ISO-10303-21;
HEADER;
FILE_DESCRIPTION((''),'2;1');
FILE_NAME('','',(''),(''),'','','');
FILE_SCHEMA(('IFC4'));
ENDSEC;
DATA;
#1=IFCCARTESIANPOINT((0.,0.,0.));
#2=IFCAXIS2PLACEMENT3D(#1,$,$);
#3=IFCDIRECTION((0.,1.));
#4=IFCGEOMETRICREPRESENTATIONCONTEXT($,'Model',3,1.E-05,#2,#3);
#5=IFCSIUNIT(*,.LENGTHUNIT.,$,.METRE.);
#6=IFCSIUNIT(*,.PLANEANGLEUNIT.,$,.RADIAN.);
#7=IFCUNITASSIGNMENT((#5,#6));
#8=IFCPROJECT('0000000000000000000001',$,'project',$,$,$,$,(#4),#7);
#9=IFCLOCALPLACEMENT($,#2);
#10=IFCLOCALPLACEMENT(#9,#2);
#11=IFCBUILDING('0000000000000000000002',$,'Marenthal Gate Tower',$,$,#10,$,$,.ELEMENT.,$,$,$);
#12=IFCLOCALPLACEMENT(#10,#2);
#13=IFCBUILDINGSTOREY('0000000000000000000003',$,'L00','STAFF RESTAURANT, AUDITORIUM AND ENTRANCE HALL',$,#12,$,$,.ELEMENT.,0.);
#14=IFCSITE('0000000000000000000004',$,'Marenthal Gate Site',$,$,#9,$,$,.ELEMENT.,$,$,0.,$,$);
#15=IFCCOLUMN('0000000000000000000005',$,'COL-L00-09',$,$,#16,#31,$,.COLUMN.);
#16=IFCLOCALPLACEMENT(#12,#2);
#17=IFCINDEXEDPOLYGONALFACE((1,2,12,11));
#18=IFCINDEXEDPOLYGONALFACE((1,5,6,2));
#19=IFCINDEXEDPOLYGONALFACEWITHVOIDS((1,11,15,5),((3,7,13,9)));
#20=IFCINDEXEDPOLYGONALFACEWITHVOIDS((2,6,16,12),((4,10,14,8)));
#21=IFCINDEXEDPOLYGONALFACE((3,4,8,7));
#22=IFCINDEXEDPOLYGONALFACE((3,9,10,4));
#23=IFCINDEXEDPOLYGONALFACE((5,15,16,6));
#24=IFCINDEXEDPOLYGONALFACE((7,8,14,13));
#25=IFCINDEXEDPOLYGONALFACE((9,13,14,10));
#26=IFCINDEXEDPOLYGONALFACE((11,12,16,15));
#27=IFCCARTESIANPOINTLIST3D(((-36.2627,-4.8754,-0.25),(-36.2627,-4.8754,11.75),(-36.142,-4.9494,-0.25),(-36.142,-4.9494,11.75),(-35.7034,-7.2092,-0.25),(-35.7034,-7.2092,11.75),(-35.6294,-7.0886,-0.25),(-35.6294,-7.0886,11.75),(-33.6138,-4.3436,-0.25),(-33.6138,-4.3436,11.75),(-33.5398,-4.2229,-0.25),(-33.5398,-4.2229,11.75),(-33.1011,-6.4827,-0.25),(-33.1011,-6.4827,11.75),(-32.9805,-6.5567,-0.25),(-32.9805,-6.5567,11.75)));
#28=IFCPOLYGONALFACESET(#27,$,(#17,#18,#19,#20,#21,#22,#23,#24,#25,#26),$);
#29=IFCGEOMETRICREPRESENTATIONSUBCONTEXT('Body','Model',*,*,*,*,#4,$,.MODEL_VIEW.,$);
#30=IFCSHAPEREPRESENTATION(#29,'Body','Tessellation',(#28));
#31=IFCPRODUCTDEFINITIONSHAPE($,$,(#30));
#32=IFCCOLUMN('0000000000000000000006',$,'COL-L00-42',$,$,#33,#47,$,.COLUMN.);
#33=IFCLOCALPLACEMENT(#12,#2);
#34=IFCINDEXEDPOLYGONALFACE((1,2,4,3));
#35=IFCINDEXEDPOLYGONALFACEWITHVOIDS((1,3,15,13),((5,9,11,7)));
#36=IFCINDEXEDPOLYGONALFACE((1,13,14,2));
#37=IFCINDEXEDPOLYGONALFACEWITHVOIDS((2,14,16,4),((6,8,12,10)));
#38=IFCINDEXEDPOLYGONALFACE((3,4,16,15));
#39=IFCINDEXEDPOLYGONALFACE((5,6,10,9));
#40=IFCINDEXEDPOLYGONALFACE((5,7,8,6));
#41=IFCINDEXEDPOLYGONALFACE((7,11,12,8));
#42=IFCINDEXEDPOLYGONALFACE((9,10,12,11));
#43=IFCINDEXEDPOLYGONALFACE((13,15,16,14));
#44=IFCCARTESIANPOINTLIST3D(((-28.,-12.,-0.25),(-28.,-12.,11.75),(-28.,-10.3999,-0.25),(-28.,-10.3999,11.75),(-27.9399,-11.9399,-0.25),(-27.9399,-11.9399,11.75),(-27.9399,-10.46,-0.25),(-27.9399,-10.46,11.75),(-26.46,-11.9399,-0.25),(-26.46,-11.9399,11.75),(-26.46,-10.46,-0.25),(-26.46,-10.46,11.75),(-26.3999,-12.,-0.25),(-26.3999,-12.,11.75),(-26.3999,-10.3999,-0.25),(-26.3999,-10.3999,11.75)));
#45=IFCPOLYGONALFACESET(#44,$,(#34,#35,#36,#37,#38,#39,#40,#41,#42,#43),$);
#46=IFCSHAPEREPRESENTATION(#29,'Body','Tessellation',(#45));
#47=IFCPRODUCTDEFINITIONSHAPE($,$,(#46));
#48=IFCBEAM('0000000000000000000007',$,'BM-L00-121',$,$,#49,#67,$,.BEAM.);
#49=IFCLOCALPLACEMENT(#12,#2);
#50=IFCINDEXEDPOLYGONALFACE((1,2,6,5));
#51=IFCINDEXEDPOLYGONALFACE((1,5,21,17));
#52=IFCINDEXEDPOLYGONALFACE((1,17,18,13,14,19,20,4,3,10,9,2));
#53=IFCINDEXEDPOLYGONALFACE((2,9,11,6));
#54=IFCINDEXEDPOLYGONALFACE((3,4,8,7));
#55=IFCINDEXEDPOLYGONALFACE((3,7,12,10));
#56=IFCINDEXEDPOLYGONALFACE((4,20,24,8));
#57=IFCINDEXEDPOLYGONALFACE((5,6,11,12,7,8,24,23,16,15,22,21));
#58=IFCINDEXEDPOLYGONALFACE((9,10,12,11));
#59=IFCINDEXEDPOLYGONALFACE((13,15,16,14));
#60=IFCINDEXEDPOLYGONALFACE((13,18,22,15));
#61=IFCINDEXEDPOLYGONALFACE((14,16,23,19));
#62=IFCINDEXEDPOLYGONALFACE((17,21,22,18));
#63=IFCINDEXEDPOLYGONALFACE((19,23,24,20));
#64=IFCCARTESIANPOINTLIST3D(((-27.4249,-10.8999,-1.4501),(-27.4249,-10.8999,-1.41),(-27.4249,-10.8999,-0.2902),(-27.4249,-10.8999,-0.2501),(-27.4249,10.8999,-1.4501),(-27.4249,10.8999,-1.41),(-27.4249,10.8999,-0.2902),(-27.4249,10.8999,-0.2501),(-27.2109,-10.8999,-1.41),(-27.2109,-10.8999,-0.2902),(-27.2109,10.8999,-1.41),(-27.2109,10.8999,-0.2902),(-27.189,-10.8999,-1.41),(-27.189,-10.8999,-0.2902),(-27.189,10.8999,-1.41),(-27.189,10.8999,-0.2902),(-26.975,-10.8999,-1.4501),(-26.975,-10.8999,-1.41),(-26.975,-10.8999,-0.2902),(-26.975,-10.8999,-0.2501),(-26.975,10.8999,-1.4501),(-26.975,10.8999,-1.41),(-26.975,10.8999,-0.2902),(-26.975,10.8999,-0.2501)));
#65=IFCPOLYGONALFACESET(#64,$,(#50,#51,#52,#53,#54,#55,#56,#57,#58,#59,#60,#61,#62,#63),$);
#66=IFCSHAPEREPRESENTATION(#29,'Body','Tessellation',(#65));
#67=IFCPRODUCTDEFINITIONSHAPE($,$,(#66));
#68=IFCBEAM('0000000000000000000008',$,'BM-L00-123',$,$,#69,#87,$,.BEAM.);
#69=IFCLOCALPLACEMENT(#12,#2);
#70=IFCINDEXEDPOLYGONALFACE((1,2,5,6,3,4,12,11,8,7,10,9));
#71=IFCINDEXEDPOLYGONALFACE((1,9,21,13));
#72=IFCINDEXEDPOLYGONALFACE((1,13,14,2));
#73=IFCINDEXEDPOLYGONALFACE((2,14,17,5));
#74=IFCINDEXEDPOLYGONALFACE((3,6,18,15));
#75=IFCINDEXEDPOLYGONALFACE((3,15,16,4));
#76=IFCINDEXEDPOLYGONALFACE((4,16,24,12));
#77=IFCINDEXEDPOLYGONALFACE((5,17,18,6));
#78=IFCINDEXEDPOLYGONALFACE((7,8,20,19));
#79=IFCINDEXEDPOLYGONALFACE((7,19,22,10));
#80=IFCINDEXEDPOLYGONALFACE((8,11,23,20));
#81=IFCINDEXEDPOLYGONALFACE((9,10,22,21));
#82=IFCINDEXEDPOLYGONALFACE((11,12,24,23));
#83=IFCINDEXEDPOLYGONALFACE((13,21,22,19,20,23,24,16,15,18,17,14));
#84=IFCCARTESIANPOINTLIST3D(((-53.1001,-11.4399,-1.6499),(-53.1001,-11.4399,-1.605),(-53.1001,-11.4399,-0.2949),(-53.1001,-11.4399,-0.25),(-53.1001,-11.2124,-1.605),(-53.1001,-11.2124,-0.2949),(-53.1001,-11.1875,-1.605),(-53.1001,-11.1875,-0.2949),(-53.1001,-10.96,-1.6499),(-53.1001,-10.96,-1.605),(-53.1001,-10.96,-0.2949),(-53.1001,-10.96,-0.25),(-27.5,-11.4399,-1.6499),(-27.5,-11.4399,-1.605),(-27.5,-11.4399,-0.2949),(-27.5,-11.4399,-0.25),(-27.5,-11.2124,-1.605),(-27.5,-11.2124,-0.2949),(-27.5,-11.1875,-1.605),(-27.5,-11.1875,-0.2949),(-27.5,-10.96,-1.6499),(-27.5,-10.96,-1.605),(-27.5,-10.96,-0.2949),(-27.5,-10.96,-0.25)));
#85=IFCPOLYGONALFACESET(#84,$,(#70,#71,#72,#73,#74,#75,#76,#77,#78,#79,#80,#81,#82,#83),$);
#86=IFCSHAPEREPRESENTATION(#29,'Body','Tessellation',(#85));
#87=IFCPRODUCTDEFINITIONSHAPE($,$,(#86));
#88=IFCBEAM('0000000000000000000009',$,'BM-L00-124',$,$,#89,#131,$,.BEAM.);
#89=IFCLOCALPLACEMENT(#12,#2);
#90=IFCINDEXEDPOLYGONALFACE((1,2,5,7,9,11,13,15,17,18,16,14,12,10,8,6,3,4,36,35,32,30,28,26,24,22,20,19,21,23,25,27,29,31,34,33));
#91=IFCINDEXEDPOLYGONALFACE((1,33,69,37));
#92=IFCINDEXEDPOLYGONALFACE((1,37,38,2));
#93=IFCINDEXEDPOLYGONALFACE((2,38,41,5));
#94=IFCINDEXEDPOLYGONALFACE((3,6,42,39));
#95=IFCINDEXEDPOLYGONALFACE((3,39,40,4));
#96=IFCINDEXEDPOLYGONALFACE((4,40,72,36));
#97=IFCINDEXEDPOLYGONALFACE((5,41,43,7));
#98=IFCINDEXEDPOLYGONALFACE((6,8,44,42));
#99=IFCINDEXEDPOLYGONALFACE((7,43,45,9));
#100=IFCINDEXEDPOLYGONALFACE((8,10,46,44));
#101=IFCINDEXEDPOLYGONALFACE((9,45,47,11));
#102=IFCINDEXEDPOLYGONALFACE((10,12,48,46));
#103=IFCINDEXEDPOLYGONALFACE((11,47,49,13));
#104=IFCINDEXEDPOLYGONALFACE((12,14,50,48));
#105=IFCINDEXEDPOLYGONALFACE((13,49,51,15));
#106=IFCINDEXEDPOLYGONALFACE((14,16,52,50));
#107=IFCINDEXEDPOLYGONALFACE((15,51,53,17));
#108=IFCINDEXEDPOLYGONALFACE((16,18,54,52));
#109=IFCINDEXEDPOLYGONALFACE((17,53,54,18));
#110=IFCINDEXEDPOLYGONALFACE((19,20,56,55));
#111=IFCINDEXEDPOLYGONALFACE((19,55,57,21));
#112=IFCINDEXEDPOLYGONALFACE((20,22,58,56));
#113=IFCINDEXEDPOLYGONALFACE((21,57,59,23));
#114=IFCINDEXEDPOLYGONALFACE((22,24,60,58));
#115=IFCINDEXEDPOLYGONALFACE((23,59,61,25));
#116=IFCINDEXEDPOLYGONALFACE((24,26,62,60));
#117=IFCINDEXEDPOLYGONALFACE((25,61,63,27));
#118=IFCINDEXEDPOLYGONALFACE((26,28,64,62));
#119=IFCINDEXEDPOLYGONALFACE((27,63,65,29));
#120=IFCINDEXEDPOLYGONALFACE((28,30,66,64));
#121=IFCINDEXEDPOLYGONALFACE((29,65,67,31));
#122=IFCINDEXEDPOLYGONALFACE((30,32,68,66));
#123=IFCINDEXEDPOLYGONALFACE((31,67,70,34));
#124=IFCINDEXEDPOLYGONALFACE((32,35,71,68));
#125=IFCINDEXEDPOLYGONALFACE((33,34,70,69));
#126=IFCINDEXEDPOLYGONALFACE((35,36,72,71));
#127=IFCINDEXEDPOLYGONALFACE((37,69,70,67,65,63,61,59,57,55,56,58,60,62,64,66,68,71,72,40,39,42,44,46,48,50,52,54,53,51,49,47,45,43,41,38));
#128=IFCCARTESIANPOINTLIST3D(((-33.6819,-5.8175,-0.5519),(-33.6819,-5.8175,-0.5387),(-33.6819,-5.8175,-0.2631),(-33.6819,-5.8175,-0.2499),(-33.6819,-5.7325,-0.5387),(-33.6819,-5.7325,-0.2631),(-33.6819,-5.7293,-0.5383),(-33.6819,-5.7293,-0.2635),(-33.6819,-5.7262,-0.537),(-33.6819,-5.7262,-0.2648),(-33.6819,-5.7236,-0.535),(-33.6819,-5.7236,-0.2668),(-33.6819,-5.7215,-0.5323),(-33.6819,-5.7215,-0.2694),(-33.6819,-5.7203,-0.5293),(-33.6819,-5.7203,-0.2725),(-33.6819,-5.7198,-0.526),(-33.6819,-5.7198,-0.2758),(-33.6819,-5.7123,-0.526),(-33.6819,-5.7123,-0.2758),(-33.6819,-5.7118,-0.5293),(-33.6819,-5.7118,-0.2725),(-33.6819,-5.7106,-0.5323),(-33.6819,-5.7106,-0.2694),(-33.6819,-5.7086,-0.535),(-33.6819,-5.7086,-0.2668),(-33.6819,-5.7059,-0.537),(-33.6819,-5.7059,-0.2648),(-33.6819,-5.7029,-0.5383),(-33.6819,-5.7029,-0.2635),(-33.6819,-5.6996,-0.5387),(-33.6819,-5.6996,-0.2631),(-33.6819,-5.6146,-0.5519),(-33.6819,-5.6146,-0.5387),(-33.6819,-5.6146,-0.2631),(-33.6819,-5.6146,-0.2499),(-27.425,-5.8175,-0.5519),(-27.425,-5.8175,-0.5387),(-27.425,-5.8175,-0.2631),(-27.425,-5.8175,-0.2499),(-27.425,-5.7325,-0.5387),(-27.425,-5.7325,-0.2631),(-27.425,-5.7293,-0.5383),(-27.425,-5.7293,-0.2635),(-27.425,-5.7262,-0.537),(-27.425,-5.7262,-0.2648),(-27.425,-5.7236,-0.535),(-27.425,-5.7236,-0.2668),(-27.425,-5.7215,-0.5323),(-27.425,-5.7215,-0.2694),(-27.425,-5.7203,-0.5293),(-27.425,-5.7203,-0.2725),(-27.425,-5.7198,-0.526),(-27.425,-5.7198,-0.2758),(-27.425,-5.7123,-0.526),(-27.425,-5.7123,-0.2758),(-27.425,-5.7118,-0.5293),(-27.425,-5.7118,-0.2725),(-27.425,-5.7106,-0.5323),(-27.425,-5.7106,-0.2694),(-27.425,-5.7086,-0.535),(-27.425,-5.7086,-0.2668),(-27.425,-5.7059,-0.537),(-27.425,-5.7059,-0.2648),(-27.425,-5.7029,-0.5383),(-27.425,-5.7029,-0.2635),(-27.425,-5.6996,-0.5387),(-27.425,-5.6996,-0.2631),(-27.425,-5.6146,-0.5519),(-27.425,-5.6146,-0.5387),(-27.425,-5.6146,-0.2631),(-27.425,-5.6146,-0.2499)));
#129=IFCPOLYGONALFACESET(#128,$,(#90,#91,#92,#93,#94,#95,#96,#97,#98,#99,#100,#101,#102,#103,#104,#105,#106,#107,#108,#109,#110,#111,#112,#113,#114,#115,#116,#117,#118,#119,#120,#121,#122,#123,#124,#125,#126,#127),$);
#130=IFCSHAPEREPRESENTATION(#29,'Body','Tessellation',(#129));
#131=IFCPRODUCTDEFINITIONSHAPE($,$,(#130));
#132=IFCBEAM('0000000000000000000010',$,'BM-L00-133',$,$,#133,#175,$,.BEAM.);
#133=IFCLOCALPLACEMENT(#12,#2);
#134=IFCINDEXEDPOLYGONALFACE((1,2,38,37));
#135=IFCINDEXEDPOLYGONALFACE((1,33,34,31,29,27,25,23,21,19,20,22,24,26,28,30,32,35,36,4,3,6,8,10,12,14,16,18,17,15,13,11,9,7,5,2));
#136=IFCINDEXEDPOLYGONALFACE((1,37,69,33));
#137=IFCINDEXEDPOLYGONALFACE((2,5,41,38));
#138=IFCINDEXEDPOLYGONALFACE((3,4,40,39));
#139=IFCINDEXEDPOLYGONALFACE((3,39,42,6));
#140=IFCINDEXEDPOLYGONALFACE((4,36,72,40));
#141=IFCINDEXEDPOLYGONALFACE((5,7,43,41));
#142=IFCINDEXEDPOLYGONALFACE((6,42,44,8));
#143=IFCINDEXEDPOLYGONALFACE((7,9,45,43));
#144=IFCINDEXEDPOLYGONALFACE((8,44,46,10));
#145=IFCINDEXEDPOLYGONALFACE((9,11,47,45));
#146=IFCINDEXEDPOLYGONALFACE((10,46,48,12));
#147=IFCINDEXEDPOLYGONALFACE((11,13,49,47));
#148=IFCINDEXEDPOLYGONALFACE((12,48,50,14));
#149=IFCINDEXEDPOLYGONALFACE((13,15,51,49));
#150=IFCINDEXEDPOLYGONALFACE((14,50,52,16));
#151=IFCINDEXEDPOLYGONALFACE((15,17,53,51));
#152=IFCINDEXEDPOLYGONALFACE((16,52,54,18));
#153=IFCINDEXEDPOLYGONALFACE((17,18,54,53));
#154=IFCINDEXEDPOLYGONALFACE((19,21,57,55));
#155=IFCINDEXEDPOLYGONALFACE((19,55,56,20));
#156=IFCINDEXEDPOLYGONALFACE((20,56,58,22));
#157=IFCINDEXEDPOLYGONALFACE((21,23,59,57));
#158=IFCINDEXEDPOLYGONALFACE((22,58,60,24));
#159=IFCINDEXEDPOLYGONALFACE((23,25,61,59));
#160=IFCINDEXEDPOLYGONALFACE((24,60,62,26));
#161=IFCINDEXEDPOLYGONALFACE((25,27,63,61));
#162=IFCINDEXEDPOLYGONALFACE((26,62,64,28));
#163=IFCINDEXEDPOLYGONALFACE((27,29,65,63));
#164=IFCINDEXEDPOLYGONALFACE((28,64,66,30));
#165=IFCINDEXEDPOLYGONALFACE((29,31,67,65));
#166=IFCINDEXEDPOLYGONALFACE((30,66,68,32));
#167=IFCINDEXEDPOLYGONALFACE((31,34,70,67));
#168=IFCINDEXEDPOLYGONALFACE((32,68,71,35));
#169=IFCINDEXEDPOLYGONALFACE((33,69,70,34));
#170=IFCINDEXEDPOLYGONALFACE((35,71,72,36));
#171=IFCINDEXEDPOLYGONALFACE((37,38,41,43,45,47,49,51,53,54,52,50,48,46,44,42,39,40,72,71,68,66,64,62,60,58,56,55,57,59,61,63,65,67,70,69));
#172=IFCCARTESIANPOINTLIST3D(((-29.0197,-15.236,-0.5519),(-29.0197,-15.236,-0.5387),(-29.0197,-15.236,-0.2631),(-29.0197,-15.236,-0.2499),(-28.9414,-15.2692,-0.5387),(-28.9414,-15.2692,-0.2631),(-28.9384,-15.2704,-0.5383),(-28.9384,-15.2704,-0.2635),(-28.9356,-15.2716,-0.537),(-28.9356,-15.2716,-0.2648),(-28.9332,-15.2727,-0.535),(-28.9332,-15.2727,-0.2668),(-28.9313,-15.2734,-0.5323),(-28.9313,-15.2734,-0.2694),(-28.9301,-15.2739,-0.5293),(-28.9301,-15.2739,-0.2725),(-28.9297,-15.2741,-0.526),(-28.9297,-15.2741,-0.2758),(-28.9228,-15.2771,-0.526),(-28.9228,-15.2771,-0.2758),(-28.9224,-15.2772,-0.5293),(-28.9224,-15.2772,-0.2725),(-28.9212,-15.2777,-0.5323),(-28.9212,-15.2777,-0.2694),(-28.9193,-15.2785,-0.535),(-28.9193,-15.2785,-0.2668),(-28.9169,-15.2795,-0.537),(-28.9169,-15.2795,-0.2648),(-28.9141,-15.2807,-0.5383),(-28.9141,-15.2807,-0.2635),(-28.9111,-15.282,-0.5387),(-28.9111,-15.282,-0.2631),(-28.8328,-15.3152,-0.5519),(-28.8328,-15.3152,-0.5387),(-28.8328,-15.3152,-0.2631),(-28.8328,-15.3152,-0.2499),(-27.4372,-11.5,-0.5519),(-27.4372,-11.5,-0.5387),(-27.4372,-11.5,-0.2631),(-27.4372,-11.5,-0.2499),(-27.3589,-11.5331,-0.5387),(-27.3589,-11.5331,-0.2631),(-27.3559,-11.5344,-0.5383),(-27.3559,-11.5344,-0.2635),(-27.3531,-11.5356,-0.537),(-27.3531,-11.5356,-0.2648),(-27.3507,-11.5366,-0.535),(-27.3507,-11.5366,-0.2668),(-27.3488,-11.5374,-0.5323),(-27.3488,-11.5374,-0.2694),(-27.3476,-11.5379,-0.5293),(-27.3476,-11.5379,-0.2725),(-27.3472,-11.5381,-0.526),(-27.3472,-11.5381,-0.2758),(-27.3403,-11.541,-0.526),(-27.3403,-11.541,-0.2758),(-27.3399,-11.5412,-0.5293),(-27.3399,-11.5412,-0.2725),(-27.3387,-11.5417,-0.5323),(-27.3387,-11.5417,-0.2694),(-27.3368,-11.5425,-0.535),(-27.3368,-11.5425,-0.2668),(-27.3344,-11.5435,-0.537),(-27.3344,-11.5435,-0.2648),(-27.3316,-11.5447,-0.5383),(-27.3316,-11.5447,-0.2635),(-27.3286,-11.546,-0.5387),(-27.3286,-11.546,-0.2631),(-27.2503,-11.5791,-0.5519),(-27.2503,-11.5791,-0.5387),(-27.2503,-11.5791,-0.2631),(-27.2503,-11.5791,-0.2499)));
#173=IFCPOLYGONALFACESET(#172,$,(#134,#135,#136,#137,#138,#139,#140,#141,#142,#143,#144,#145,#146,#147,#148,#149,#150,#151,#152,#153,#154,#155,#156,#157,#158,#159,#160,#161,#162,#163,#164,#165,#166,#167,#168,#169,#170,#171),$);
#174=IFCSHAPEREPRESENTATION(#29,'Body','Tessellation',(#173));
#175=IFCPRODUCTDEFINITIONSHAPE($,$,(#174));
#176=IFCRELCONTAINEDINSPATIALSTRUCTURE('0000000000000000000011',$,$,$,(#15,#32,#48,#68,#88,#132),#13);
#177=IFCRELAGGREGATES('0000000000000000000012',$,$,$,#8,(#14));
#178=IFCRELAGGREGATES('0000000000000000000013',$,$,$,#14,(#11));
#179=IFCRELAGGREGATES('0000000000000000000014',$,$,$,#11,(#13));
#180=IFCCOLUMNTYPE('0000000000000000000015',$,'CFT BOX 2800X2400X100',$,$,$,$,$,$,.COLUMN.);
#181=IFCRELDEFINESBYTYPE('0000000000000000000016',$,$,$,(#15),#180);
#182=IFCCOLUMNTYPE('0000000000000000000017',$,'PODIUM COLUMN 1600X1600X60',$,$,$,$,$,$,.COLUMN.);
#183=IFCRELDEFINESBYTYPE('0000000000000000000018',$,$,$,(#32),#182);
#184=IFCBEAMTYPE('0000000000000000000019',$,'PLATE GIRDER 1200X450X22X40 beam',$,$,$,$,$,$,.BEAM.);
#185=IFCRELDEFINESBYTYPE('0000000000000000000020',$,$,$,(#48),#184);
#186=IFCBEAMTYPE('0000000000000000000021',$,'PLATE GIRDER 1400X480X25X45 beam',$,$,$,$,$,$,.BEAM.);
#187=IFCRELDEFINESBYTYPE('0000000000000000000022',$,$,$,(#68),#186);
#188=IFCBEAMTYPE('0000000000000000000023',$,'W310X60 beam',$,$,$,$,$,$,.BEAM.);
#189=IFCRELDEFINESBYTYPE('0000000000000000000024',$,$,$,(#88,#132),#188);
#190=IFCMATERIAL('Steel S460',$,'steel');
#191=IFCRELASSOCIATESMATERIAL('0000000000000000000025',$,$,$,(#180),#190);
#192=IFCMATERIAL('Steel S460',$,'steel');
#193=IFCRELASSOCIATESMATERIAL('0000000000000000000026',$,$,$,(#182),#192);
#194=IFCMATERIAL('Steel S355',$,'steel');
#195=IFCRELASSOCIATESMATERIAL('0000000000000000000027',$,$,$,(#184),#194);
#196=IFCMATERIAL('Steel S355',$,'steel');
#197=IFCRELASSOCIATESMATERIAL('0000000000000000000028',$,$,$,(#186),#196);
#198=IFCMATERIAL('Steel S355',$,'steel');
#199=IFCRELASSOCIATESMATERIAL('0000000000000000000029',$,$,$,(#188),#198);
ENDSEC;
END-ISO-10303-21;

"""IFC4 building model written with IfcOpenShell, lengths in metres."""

from ifc_helpers import new_model, si_unit, direction, frame, origin, origin_2d, place, context, subcontext, project, spatial, rectangle, hollow_rectangle, i_section, extrude, material, material_profile, profile_set, type_object, element, save


model = new_model("IFC4")

# Units and contexts
model_context = context("Model", 3, precision=1e-05, world=origin(), true_north=direction((0.0, 1.0)))
body_context = subcontext(model_context, "Body", "Model", "MODEL_VIEW")
ifc_project = project(units=[si_unit("LENGTHUNIT", "METRE"), si_unit("PLANEANGLEUNIT", "RADIAN")], contexts=[model_context])

# Site, building, storey
site_placement = place(None, origin())
site = spatial("IfcSite", under=ifc_project, at=site_placement, Name="Marenthal Gate Site", CompositionType="ELEMENT", RefElevation=0.0)
building_placement = place(site_placement, origin())
building = spatial("IfcBuilding", under=site, at=building_placement, Name="Marenthal Gate Tower", CompositionType="ELEMENT")
storey_placement = place(building_placement, origin())
storey = spatial("IfcBuildingStorey", under=building, at=storey_placement, Name="L00", Description="STAFF RESTAURANT, AUDITORIUM AND ENTRANCE HALL", CompositionType="ELEMENT", Elevation=0.0)

# Columns
ifc_material_1 = material(Name="Steel S460", Category="steel")
ifc_material_profile_1 = material_profile(ifc_material_1, hollow_rectangle(XDim=2.3999, YDim=2.8, WallThickness=0.1001, at=origin_2d()), Name="CFT BOX 2800X2400X100")
ifc_material_2 = material(Name="Concrete 70 MPa", Category="concrete")
ifc_material_profile_2 = material_profile(ifc_material_2, rectangle(XDim=2.2, YDim=2.6001, at=origin_2d()), Name="CFT BOX 2800X2400X100 INFILL")
ifc_profile_set_1 = profile_set([ifc_material_profile_1, ifc_material_profile_2], Name="Steel S460 shell, Concrete 70 MPa infill")
column_type_1 = type_object("IfcColumnType", Name="CFT BOX 2800X2400X100", PredefinedType="COLUMN", material=ifc_profile_set_1)
column_1_placement = place(storey_placement, frame((-34.6216, -5.7161, -0.25), z_axis=(0.0, 0.0, 1.0), x_axis=(-0.233047, 0.972466, 0.0)))
element("IfcColumn", 1, at=column_1_placement, inside=storey, type_object=column_type_1, Name="COL-L00-09", PredefinedType="COLUMN", context=body_context, shape_type="SweptSolid", body=[
    extrude(hollow_rectangle(XDim=2.3999, YDim=2.8, WallThickness=0.1001, at=origin_2d()), origin(), (0.0, 0.0, 1.0), 12.0),
])
ifc_material_3 = material(Name="Steel S460", Category="steel")
ifc_material_profile_3 = material_profile(ifc_material_3, hollow_rectangle(XDim=1.6001, YDim=1.6001, WallThickness=0.0601, at=origin_2d()), Name="CFT BOX 1600X1600X60")
ifc_material_4 = material(Name="Concrete 70 MPa", Category="concrete")
ifc_material_profile_4 = material_profile(ifc_material_4, rectangle(XDim=1.48, YDim=1.48, at=origin_2d()), Name="CFT BOX 1600X1600X60 INFILL")
ifc_profile_set_2 = profile_set([ifc_material_profile_3, ifc_material_profile_4], Name="Steel S460 shell, Concrete 70 MPa infill")
column_type_2 = type_object("IfcColumnType", Name="PODIUM COLUMN 1600X1600X60", PredefinedType="COLUMN", material=ifc_profile_set_2)
column_2_placement = place(storey_placement, frame((-27.2, -11.2, -0.25), z_axis=(0.0, 0.0, 1.0), x_axis=(1.0, 0.0, 0.0)))
element("IfcColumn", 2, at=column_2_placement, inside=storey, type_object=column_type_2, Name="COL-L00-42", PredefinedType="COLUMN", context=body_context, shape_type="SweptSolid", body=[
    extrude(hollow_rectangle(XDim=1.6001, YDim=1.6001, WallThickness=0.0601, at=origin_2d()), origin(), (0.0, 0.0, 1.0), 12.0),
])

# Beams
ifc_material_5 = material(Name="Steel S355", Category="steel")
ifc_material_profile_5 = material_profile(ifc_material_5, i_section(OverallWidth=0.45, OverallDepth=1.2, WebThickness=0.022, FlangeThickness=0.04, at=origin_2d()), Name="PLATE GIRDER 1200X450X22X40")
ifc_profile_set_3 = profile_set([ifc_material_profile_5], Name="Steel S355")
beam_type_1 = type_object("IfcBeamType", Name="PLATE GIRDER 1200X450X22X40 beam", PredefinedType="BEAM", material=ifc_profile_set_3)
beam_1_placement = place(storey_placement, frame((-27.2, -10.8999, -0.8501), z_axis=(0.0, 1.0, 0.0), x_axis=(-1.0, 0.0, 0.0)))
element("IfcBeam", 3, at=beam_1_placement, inside=storey, type_object=beam_type_1, Name="BM-L00-121", PredefinedType="BEAM", context=body_context, shape_type="SweptSolid", body=[
    extrude(i_section(OverallWidth=0.45, OverallDepth=1.2, WebThickness=0.022, FlangeThickness=0.04, at=origin_2d()), origin(), (0.0, 0.0, 1.0), 21.7998),
])
ifc_material_6 = material(Name="Steel S355", Category="steel")
ifc_material_profile_6 = material_profile(ifc_material_6, i_section(OverallWidth=0.48, OverallDepth=1.3999, WebThickness=0.0249, FlangeThickness=0.0449, at=origin_2d()), Name="PLATE GIRDER 1400X480X25X45")
ifc_profile_set_4 = profile_set([ifc_material_profile_6], Name="Steel S355")
beam_type_2 = type_object("IfcBeamType", Name="PLATE GIRDER 1400X480X25X45 beam", PredefinedType="BEAM", material=ifc_profile_set_4)
beam_2_placement = place(storey_placement, frame((-27.5, -11.2, -0.95), z_axis=(-1.0, 0.0, 0.0), x_axis=(0.0, -1.0, 0.0)))
element("IfcBeam", 4, at=beam_2_placement, inside=storey, type_object=beam_type_2, Name="BM-L00-123", PredefinedType="BEAM", context=body_context, shape_type="SweptSolid", body=[
    extrude(i_section(OverallWidth=0.48, OverallDepth=1.3999, WebThickness=0.0249, FlangeThickness=0.0449, at=origin_2d()), origin(), (0.0, 0.0, 1.0), 25.6001),
])
ifc_material_7 = material(Name="Steel S355", Category="steel")
ifc_material_profile_7 = material_profile(ifc_material_7, i_section(OverallWidth=0.2029, OverallDepth=0.302, WebThickness=0.0076, FlangeThickness=0.0132, FilletRadius=0.0127, at=origin_2d()), Name="W310X60")
ifc_profile_set_5 = profile_set([ifc_material_profile_7], Name="Steel S355")
beam_type_3 = type_object("IfcBeamType", Name="W310X60 beam", PredefinedType="BEAM", material=ifc_profile_set_5)
beam_3_placement = place(storey_placement, frame((-27.425, -5.7161, -0.4009), z_axis=(-1.0, 0.0, 0.0), x_axis=(0.0, -1.0, 0.0)))
element("IfcBeam", 5, at=beam_3_placement, inside=storey, type_object=beam_type_3, Name="BM-L00-124", PredefinedType="BEAM", context=body_context, shape_type="SweptSolid", body=[
    extrude(i_section(OverallWidth=0.2029, OverallDepth=0.302, WebThickness=0.0076, FlangeThickness=0.0132, FilletRadius=0.0127, at=origin_2d()), origin(), (0.0, 0.0, 1.0), 6.2568),
])
beam_4_placement = place(storey_placement, frame((-27.3438, -11.5396, -0.4009), z_axis=(-0.390031, -0.920802, 0.0), x_axis=(0.920802, -0.390031, 0.0)))
element("IfcBeam", 6, at=beam_4_placement, inside=storey, type_object=beam_type_3, Name="BM-L00-133", PredefinedType="BEAM", context=body_context, shape_type="SweptSolid", body=[
    extrude(i_section(OverallWidth=0.2029, OverallDepth=0.302, WebThickness=0.0076, FlangeThickness=0.0132, FilletRadius=0.0127, at=origin_2d()), origin(), (0.0, 0.0, 1.0), 4.0574),
])

save(model, "model.ifc")
